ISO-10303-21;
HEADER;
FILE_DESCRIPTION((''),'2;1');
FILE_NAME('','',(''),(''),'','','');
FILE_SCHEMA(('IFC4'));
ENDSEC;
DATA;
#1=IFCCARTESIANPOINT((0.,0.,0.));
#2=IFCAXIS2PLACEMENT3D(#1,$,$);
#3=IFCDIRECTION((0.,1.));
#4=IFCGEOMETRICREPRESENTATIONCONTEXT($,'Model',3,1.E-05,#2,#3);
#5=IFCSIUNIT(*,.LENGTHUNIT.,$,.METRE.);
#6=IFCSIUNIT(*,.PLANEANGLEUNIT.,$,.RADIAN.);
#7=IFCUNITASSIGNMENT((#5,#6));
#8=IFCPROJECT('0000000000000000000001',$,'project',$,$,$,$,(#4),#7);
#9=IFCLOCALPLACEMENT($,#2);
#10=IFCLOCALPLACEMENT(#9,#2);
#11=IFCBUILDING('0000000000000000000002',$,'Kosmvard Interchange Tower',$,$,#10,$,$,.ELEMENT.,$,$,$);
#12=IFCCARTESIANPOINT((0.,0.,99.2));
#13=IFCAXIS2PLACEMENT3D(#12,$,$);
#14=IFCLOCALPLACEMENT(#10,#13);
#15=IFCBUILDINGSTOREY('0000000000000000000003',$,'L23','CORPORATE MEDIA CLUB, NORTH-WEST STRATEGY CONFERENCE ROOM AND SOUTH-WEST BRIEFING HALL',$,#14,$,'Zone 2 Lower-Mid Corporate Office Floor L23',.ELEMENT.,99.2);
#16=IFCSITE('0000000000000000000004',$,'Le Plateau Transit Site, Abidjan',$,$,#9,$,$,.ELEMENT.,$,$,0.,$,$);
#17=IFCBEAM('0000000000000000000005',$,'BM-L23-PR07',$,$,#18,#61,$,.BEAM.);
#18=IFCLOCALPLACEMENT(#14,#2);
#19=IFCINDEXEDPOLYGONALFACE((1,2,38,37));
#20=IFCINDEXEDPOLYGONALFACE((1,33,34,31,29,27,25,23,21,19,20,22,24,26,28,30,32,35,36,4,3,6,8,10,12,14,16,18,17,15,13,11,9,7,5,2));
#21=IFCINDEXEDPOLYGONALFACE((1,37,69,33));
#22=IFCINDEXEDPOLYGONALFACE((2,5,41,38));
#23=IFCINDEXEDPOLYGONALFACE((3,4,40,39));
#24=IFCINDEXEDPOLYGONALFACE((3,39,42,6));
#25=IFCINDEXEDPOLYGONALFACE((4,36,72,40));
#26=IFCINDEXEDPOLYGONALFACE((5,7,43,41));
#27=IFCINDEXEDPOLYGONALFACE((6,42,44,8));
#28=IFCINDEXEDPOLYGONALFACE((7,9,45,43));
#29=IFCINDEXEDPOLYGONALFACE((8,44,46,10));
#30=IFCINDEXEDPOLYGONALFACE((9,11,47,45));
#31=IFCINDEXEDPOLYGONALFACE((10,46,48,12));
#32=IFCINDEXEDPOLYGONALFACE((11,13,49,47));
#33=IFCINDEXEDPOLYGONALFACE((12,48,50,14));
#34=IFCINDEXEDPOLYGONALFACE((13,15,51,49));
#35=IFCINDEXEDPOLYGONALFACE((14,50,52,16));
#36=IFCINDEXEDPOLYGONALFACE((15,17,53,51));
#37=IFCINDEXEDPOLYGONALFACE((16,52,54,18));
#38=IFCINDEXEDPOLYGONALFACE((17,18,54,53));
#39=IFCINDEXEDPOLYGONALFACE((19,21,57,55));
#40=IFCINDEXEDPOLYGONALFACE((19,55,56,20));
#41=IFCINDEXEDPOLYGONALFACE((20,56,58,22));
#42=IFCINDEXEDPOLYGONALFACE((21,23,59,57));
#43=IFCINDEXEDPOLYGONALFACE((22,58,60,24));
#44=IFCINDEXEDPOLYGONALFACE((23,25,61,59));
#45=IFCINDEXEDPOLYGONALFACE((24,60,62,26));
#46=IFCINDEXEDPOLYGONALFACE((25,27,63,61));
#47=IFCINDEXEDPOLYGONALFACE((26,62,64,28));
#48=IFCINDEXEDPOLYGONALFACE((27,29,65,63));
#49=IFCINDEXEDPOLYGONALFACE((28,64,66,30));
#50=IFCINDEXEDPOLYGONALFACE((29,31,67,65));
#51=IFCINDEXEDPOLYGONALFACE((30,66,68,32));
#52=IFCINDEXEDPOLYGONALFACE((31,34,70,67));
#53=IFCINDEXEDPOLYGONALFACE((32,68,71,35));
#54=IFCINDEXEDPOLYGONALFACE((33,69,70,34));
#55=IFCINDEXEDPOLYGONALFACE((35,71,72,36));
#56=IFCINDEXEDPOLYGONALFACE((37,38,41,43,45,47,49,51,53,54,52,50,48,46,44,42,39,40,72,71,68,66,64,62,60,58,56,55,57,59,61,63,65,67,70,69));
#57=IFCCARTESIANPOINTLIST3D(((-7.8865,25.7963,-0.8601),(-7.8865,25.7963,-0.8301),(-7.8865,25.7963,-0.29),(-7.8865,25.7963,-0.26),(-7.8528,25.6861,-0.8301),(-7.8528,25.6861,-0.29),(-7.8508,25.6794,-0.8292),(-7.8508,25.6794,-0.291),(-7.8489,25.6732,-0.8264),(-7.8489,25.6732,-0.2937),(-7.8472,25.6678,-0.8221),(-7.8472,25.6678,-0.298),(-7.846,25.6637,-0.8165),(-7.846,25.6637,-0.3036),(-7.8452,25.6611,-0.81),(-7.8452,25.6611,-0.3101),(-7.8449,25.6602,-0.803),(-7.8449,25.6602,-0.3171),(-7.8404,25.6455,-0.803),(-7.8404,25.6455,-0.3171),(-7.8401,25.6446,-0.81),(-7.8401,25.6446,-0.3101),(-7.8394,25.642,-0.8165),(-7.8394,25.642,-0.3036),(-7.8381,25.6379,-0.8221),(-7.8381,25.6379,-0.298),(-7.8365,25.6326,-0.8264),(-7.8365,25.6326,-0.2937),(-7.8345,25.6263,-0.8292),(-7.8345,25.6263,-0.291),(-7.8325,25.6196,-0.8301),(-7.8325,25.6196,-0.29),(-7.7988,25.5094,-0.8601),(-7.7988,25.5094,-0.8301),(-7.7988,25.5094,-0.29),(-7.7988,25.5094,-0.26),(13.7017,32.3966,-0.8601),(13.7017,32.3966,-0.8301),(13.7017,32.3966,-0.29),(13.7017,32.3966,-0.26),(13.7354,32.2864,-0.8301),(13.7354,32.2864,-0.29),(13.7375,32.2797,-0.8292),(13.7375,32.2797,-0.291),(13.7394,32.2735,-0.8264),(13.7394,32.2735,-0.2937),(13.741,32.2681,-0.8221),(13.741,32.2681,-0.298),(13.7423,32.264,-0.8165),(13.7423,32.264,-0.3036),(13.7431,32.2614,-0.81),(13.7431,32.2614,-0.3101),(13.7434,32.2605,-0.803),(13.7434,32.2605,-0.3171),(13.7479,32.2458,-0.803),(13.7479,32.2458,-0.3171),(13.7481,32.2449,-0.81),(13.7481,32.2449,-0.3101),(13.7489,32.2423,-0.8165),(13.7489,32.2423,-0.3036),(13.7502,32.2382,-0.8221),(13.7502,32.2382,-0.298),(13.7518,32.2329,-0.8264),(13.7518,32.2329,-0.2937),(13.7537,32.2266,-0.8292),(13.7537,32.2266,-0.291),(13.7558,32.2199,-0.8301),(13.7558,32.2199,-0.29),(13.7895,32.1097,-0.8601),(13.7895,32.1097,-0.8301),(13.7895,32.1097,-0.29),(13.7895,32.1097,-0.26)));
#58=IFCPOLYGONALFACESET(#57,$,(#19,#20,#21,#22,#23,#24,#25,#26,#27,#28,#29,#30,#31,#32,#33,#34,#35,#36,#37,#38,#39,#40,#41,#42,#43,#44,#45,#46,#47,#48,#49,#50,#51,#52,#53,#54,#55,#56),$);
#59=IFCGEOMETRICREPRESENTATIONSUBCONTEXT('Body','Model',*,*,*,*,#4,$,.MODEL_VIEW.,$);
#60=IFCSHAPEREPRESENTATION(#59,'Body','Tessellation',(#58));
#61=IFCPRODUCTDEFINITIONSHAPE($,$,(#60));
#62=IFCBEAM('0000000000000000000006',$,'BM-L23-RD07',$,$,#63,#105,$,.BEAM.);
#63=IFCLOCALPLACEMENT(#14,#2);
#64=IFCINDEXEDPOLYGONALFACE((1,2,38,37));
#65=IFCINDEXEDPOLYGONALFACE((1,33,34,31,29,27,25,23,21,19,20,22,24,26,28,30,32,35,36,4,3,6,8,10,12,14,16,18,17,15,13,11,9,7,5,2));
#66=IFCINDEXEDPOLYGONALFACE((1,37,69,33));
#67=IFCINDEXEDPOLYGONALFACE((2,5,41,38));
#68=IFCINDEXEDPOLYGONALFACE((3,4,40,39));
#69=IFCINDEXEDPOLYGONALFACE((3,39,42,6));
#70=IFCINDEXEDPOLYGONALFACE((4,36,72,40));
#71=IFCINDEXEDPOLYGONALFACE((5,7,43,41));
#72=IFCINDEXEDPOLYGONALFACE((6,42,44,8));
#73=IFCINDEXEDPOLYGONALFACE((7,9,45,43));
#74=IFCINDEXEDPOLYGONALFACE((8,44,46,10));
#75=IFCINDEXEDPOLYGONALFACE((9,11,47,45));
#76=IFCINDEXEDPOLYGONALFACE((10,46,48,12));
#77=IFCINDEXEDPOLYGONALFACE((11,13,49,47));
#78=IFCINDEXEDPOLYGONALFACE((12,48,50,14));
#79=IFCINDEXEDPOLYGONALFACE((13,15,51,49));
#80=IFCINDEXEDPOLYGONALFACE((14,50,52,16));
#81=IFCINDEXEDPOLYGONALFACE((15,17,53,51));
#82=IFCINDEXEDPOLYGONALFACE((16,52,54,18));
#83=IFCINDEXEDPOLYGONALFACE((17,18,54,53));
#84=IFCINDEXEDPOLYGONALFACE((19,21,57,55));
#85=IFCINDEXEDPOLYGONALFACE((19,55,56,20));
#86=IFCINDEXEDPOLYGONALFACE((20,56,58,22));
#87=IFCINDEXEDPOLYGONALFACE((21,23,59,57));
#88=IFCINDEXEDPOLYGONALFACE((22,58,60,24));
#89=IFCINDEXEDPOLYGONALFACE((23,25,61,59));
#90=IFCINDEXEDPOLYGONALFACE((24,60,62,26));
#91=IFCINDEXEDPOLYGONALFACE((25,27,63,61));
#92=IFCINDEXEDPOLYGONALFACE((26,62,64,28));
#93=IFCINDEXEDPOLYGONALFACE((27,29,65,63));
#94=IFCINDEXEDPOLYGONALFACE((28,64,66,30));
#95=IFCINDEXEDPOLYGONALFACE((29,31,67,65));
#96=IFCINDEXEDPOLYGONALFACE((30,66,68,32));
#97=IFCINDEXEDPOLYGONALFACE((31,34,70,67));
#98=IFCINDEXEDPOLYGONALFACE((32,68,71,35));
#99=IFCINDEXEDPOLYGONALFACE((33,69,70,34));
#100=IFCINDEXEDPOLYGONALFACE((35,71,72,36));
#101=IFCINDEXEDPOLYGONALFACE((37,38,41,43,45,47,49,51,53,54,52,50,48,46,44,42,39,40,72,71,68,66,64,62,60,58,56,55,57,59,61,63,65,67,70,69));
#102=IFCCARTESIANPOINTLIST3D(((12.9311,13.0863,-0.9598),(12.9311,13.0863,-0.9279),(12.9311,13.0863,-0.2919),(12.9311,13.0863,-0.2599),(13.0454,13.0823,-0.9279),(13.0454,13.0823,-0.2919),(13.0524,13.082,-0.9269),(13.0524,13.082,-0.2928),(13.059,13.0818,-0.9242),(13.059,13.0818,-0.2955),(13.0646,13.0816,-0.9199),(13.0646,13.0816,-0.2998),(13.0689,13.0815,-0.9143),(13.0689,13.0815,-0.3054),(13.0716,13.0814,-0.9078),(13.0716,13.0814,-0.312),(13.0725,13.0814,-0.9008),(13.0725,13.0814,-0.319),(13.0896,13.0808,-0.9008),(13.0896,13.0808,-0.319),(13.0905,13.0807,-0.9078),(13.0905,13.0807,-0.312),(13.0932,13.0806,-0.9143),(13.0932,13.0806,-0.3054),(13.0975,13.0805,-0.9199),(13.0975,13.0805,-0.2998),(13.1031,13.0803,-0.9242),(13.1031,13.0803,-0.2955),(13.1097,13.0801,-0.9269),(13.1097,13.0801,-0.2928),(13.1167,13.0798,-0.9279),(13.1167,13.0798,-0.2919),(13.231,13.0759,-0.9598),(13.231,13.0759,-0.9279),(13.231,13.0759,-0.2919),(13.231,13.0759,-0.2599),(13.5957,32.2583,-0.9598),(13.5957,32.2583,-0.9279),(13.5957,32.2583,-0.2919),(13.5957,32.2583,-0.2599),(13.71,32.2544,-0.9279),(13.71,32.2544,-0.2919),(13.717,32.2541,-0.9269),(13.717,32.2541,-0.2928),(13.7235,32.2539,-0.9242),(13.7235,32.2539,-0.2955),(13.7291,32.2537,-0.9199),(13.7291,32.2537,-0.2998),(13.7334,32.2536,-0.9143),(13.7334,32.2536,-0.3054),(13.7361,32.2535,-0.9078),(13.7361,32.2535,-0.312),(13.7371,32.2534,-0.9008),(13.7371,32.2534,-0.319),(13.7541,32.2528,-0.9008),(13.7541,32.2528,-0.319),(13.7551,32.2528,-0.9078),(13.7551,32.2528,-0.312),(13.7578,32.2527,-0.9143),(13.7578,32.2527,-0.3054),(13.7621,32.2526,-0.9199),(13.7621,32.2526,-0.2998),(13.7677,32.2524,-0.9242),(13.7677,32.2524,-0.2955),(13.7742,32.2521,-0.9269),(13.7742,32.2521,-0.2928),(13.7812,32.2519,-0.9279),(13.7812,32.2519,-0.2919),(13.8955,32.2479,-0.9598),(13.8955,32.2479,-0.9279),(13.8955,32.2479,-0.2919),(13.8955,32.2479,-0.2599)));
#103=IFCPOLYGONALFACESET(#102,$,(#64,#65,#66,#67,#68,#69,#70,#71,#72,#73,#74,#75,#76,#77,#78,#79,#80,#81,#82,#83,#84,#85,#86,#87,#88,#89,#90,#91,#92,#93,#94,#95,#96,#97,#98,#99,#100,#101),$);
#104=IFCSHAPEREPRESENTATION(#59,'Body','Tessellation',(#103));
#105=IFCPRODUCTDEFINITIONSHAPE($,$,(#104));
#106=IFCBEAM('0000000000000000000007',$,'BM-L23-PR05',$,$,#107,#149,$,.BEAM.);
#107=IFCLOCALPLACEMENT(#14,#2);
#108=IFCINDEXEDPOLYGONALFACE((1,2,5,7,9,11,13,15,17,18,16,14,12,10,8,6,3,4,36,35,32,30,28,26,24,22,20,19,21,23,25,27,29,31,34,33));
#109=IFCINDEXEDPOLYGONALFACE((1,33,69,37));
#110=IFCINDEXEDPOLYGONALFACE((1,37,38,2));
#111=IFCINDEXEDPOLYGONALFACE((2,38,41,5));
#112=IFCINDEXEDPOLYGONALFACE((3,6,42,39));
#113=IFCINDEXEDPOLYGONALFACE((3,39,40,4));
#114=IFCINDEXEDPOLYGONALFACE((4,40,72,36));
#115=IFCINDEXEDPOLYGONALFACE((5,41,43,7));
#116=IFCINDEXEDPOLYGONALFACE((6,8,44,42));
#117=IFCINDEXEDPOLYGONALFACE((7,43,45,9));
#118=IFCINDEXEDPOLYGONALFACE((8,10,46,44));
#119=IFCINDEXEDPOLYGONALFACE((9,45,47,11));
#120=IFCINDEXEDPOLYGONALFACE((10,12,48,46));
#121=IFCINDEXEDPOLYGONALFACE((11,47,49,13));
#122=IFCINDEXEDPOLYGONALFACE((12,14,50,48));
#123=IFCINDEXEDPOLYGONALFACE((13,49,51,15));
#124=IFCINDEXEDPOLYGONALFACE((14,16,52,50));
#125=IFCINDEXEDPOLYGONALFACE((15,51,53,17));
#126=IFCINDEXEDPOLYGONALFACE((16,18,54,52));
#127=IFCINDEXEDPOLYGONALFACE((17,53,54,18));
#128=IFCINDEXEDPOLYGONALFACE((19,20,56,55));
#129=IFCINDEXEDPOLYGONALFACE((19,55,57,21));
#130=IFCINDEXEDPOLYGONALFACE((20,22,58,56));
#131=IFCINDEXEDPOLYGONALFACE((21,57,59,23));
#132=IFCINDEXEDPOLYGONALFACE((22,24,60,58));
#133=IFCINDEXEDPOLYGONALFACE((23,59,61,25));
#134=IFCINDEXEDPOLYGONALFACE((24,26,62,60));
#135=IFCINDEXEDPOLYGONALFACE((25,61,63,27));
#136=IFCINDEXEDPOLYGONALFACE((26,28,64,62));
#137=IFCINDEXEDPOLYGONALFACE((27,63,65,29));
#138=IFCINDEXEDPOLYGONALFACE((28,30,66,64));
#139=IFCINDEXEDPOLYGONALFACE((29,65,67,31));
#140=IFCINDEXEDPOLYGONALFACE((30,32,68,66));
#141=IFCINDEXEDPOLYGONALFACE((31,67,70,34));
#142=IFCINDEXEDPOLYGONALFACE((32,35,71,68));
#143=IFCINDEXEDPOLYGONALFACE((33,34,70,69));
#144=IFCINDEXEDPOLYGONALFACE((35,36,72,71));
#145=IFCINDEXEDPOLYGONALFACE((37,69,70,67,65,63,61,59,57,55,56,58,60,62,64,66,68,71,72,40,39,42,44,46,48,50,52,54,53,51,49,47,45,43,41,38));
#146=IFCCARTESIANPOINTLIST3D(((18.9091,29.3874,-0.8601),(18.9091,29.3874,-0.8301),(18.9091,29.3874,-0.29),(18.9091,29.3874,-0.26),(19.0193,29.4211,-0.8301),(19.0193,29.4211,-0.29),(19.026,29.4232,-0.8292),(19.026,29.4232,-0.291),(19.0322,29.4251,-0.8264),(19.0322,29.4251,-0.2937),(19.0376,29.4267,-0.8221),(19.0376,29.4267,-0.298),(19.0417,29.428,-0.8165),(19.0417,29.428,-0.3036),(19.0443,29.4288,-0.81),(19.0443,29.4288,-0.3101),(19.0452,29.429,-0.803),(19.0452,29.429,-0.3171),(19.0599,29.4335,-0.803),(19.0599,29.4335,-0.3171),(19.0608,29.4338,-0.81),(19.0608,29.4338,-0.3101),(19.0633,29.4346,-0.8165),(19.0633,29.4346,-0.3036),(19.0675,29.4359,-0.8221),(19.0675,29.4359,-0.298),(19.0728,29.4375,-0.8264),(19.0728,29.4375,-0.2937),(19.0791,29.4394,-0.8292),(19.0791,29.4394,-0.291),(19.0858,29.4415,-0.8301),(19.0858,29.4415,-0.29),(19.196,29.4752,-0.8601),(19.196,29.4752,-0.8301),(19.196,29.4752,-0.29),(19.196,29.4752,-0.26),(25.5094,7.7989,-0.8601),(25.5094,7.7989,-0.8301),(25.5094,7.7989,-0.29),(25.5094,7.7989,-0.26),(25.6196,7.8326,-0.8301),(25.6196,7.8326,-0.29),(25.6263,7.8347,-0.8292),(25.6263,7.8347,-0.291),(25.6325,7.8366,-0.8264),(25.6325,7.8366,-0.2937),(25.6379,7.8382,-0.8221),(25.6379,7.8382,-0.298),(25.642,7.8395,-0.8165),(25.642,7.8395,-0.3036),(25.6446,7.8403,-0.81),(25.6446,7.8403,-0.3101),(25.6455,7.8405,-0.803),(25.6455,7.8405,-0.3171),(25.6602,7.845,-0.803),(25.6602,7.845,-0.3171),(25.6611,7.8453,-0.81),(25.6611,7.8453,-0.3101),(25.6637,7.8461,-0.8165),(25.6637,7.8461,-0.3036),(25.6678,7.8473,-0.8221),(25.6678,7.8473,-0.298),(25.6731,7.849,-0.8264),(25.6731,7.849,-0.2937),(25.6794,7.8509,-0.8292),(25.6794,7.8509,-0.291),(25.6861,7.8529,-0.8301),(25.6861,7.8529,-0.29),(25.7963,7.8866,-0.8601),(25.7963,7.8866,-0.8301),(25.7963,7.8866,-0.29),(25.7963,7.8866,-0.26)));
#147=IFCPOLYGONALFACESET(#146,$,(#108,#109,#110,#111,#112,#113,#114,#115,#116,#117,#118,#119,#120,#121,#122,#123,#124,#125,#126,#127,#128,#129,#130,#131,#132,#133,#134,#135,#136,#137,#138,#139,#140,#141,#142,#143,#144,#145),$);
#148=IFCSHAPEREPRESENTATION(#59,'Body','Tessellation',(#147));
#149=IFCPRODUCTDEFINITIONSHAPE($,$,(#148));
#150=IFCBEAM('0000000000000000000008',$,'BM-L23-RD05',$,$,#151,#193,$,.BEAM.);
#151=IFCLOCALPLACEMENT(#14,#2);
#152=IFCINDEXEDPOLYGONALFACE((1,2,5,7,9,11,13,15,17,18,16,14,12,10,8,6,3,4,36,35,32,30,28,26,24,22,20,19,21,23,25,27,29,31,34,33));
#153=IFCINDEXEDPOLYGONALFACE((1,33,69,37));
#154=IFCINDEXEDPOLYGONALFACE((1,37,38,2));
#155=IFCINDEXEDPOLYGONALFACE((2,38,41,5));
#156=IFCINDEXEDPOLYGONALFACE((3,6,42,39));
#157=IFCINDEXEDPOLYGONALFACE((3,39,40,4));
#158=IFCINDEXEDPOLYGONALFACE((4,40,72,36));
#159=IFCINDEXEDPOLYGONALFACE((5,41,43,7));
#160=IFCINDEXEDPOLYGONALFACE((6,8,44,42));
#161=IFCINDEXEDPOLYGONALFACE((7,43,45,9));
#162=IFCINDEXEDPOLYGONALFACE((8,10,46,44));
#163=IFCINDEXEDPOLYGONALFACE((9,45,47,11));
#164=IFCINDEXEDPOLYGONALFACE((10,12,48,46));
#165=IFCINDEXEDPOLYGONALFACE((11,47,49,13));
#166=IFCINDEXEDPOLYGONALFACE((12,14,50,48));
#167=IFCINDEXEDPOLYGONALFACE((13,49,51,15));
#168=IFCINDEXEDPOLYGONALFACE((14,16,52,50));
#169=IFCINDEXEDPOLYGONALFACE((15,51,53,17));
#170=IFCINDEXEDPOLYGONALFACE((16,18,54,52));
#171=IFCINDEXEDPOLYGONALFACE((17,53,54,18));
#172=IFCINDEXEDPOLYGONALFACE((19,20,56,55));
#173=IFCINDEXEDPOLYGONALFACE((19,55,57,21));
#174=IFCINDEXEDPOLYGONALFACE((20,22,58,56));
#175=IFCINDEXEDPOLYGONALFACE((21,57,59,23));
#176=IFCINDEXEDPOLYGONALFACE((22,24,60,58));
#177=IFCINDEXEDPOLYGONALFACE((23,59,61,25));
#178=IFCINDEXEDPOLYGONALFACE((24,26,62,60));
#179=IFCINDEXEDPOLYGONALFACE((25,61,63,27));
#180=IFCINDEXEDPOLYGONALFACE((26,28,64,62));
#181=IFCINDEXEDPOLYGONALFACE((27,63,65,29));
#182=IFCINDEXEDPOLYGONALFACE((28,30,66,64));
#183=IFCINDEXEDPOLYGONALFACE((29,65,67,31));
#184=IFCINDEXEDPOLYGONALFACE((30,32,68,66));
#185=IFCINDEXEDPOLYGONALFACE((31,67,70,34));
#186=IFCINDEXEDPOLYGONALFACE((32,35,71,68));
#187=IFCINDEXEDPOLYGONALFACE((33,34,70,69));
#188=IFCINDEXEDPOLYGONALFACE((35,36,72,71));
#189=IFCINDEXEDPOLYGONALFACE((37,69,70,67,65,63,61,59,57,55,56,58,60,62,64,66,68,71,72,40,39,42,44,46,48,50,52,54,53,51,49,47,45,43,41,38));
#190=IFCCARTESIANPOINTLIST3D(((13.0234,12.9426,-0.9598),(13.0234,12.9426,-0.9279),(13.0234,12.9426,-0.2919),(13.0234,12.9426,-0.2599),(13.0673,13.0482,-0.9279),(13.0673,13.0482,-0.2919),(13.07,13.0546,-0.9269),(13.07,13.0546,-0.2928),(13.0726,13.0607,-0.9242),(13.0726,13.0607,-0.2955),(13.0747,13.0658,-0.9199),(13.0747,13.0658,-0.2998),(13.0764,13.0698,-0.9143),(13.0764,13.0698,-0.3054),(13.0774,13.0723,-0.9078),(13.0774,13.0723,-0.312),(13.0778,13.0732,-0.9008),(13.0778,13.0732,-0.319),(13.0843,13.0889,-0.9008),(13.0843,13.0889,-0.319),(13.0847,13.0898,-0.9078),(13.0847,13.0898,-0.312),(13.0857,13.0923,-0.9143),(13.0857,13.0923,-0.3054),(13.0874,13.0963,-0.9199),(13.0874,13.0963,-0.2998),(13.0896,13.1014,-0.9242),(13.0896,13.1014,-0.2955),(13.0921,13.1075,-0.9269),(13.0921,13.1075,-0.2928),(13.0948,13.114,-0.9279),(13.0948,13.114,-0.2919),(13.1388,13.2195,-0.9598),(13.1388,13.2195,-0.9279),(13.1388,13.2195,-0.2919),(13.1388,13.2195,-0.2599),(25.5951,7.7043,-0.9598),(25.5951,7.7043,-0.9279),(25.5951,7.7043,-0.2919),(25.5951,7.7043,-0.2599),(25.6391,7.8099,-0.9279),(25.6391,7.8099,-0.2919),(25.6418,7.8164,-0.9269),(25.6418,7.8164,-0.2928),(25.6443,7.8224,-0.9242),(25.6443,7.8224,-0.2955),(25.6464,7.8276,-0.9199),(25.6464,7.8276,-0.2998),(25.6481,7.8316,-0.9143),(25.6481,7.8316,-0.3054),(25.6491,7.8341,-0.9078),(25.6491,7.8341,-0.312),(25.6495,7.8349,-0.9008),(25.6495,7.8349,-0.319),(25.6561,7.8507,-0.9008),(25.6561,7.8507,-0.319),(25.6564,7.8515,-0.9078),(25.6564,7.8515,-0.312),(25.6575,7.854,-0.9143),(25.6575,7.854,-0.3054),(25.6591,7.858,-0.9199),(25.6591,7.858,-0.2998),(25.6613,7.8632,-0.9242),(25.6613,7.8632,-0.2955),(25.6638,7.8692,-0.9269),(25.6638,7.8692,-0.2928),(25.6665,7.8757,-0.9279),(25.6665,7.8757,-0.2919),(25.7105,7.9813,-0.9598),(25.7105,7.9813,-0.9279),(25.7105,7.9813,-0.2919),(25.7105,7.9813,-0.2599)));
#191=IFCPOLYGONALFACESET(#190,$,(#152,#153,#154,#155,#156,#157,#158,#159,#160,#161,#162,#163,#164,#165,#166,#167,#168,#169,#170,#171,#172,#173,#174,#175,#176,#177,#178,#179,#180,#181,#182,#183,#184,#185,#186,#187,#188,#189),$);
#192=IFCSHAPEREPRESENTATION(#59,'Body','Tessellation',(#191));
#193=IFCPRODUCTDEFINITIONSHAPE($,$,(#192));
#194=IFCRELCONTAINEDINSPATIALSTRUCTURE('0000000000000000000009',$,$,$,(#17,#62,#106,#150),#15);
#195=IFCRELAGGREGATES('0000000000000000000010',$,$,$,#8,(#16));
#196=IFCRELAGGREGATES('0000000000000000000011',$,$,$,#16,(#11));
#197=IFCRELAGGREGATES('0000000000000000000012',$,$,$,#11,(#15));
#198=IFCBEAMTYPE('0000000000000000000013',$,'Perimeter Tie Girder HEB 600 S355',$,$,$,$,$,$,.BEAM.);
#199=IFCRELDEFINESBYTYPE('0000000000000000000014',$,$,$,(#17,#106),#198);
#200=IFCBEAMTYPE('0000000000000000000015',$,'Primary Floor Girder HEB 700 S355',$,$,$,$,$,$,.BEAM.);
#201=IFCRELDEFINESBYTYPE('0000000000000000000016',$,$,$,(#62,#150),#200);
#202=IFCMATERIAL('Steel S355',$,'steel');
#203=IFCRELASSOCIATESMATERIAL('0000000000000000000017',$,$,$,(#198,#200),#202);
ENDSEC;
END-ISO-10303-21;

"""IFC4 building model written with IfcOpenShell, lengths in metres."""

from ifc_helpers import new_model, si_unit, direction, frame, origin, origin_2d, place, context, subcontext, project, spatial, i_section, extrude, source, transform, mapped, material, material_profile, profile_set, type_object, element, save


model = new_model("IFC4")

# Units and contexts
model_context = context("Model", 3, precision=1e-05, world=origin(), true_north=direction((0.0, 1.0)))
body_context = subcontext(model_context, "Body", "Model", "MODEL_VIEW")
ifc_project = project(units=[si_unit("LENGTHUNIT", "METRE"), si_unit("PLANEANGLEUNIT", "RADIAN")], contexts=[model_context])

# Site, building, storey
site_placement = place(None, origin())
site = spatial("IfcSite", under=ifc_project, at=site_placement, Name="Le Plateau Transit Site, Abidjan", CompositionType="ELEMENT", RefElevation=0.0)
building_placement = place(site_placement, origin())
building = spatial("IfcBuilding", under=site, at=building_placement, Name="Kosmvard Interchange Tower", CompositionType="ELEMENT")
storey_placement = place(building_placement, frame((0.0, 0.0, 99.2)))
storey = spatial("IfcBuildingStorey", under=building, at=storey_placement, Name="L23", Description="CORPORATE MEDIA CLUB, NORTH-WEST STRATEGY CONFERENCE ROOM AND SOUTH-WEST BRIEFING HALL", LongName="Zone 2 Lower-Mid Corporate Office Floor L23", CompositionType="ELEMENT", Elevation=99.2)

# Beams
ifc_material_1 = material(Name="Steel S355", Category="steel")
ifc_material_profile_1 = material_profile(ifc_material_1, i_section(OverallWidth=0.3, OverallDepth=0.6001, WebThickness=0.0154, FlangeThickness=0.03, FilletRadius=0.0271, at=origin_2d()), Name="HEB 600")
ifc_profile_set_1 = profile_set([ifc_material_profile_1], Name="Steel S355")
beam_type_1 = type_object("IfcBeamType", Name="Perimeter Tie Girder HEB 600 S355", PredefinedType="BEAM", material=ifc_profile_set_1)
shared_shape_1 = source(origin(), body_context, "Body", "SweptSolid", [
    extrude(i_section(OverallWidth=0.3, OverallDepth=0.6001, WebThickness=0.0154, FlangeThickness=0.03, FilletRadius=0.0271, at=origin_2d()), origin(), (0.0, 0.0, 1.0), 22.5747),
])
beam_1_placement = place(storey_placement, frame((13.7456, 32.2532, -0.5601), z_axis=(-0.956303, -0.292376, 0.0), x_axis=(0.292376, -0.956303, 0.0)))
element("IfcBeam", 1, at=beam_1_placement, inside=storey, type_object=beam_type_1, Name="BM-L23-PR07", PredefinedType="BEAM", context=body_context, shape_type="MappedRepresentation", body=[
    mapped(shared_shape_1, transform((0.0, 0.0, 0.0), scale=1.0)),
])
ifc_material_profile_2 = material_profile(ifc_material_1, i_section(OverallWidth=0.3, OverallDepth=0.7, WebThickness=0.0171, FlangeThickness=0.032, FilletRadius=0.0271, at=origin_2d()), Name="HEB 700")
ifc_profile_set_2 = profile_set([ifc_material_profile_2], Name="Steel S355")
beam_type_2 = type_object("IfcBeamType", Name="Primary Floor Girder HEB 700 S355", PredefinedType="BEAM", material=ifc_profile_set_2)
shared_shape_2 = source(origin(), body_context, "Body", "SweptSolid", [
    extrude(i_section(OverallWidth=0.3, OverallDepth=0.7, WebThickness=0.0171, FlangeThickness=0.032, FilletRadius=0.0271, at=origin_2d()), origin(), (0.0, 0.0, 1.0), 19.1836),
])
beam_2_placement = place(storey_placement, frame((13.0811, 13.0811, -0.6099), z_axis=(0.034642, 0.9994, 0.0), x_axis=(-0.9994, 0.034642, 0.0)))
element("IfcBeam", 2, at=beam_2_placement, inside=storey, type_object=beam_type_2, Name="BM-L23-RD07", PredefinedType="BEAM", context=body_context, shape_type="MappedRepresentation", body=[
    mapped(shared_shape_2, transform((0.0, 0.0, 0.0), scale=1.0)),
])
shared_shape_3 = source(origin(), body_context, "Body", "SweptSolid", [
    extrude(i_section(OverallWidth=0.3, OverallDepth=0.6001, WebThickness=0.0154, FlangeThickness=0.03, FilletRadius=0.0271, at=origin_2d()), origin(), (0.0, 0.0, 1.0), 22.575),
])
beam_3_placement = place(storey_placement, frame((25.6528, 7.8428, -0.5601), z_axis=(-0.292373, 0.956304, 0.0), x_axis=(-0.956304, -0.292373, 0.0)))
element("IfcBeam", 3, at=beam_3_placement, inside=storey, type_object=beam_type_1, Name="BM-L23-PR05", PredefinedType="BEAM", context=body_context, shape_type="MappedRepresentation", body=[
    mapped(shared_shape_3, transform((0.0, 0.0, 0.0), scale=1.0)),
])
shared_shape_4 = source(origin(), body_context, "Body", "SweptSolid", [
    extrude(i_section(OverallWidth=0.3, OverallDepth=0.7, WebThickness=0.0171, FlangeThickness=0.032, FilletRadius=0.0271, at=origin_2d()), origin(), (0.0, 0.0, 1.0), 13.6194),
])
beam_4_placement = place(storey_placement, frame((13.0811, 13.0811, -0.6099), z_axis=(0.923076, -0.384618, 0.0), x_axis=(0.384618, 0.923076, 0.0)))
element("IfcBeam", 4, at=beam_4_placement, inside=storey, type_object=beam_type_2, Name="BM-L23-RD05", PredefinedType="BEAM", context=body_context, shape_type="MappedRepresentation", body=[
    mapped(shared_shape_4, transform((0.0, 0.0, 0.0), scale=1.0)),
])

save(model, "model.ifc")
